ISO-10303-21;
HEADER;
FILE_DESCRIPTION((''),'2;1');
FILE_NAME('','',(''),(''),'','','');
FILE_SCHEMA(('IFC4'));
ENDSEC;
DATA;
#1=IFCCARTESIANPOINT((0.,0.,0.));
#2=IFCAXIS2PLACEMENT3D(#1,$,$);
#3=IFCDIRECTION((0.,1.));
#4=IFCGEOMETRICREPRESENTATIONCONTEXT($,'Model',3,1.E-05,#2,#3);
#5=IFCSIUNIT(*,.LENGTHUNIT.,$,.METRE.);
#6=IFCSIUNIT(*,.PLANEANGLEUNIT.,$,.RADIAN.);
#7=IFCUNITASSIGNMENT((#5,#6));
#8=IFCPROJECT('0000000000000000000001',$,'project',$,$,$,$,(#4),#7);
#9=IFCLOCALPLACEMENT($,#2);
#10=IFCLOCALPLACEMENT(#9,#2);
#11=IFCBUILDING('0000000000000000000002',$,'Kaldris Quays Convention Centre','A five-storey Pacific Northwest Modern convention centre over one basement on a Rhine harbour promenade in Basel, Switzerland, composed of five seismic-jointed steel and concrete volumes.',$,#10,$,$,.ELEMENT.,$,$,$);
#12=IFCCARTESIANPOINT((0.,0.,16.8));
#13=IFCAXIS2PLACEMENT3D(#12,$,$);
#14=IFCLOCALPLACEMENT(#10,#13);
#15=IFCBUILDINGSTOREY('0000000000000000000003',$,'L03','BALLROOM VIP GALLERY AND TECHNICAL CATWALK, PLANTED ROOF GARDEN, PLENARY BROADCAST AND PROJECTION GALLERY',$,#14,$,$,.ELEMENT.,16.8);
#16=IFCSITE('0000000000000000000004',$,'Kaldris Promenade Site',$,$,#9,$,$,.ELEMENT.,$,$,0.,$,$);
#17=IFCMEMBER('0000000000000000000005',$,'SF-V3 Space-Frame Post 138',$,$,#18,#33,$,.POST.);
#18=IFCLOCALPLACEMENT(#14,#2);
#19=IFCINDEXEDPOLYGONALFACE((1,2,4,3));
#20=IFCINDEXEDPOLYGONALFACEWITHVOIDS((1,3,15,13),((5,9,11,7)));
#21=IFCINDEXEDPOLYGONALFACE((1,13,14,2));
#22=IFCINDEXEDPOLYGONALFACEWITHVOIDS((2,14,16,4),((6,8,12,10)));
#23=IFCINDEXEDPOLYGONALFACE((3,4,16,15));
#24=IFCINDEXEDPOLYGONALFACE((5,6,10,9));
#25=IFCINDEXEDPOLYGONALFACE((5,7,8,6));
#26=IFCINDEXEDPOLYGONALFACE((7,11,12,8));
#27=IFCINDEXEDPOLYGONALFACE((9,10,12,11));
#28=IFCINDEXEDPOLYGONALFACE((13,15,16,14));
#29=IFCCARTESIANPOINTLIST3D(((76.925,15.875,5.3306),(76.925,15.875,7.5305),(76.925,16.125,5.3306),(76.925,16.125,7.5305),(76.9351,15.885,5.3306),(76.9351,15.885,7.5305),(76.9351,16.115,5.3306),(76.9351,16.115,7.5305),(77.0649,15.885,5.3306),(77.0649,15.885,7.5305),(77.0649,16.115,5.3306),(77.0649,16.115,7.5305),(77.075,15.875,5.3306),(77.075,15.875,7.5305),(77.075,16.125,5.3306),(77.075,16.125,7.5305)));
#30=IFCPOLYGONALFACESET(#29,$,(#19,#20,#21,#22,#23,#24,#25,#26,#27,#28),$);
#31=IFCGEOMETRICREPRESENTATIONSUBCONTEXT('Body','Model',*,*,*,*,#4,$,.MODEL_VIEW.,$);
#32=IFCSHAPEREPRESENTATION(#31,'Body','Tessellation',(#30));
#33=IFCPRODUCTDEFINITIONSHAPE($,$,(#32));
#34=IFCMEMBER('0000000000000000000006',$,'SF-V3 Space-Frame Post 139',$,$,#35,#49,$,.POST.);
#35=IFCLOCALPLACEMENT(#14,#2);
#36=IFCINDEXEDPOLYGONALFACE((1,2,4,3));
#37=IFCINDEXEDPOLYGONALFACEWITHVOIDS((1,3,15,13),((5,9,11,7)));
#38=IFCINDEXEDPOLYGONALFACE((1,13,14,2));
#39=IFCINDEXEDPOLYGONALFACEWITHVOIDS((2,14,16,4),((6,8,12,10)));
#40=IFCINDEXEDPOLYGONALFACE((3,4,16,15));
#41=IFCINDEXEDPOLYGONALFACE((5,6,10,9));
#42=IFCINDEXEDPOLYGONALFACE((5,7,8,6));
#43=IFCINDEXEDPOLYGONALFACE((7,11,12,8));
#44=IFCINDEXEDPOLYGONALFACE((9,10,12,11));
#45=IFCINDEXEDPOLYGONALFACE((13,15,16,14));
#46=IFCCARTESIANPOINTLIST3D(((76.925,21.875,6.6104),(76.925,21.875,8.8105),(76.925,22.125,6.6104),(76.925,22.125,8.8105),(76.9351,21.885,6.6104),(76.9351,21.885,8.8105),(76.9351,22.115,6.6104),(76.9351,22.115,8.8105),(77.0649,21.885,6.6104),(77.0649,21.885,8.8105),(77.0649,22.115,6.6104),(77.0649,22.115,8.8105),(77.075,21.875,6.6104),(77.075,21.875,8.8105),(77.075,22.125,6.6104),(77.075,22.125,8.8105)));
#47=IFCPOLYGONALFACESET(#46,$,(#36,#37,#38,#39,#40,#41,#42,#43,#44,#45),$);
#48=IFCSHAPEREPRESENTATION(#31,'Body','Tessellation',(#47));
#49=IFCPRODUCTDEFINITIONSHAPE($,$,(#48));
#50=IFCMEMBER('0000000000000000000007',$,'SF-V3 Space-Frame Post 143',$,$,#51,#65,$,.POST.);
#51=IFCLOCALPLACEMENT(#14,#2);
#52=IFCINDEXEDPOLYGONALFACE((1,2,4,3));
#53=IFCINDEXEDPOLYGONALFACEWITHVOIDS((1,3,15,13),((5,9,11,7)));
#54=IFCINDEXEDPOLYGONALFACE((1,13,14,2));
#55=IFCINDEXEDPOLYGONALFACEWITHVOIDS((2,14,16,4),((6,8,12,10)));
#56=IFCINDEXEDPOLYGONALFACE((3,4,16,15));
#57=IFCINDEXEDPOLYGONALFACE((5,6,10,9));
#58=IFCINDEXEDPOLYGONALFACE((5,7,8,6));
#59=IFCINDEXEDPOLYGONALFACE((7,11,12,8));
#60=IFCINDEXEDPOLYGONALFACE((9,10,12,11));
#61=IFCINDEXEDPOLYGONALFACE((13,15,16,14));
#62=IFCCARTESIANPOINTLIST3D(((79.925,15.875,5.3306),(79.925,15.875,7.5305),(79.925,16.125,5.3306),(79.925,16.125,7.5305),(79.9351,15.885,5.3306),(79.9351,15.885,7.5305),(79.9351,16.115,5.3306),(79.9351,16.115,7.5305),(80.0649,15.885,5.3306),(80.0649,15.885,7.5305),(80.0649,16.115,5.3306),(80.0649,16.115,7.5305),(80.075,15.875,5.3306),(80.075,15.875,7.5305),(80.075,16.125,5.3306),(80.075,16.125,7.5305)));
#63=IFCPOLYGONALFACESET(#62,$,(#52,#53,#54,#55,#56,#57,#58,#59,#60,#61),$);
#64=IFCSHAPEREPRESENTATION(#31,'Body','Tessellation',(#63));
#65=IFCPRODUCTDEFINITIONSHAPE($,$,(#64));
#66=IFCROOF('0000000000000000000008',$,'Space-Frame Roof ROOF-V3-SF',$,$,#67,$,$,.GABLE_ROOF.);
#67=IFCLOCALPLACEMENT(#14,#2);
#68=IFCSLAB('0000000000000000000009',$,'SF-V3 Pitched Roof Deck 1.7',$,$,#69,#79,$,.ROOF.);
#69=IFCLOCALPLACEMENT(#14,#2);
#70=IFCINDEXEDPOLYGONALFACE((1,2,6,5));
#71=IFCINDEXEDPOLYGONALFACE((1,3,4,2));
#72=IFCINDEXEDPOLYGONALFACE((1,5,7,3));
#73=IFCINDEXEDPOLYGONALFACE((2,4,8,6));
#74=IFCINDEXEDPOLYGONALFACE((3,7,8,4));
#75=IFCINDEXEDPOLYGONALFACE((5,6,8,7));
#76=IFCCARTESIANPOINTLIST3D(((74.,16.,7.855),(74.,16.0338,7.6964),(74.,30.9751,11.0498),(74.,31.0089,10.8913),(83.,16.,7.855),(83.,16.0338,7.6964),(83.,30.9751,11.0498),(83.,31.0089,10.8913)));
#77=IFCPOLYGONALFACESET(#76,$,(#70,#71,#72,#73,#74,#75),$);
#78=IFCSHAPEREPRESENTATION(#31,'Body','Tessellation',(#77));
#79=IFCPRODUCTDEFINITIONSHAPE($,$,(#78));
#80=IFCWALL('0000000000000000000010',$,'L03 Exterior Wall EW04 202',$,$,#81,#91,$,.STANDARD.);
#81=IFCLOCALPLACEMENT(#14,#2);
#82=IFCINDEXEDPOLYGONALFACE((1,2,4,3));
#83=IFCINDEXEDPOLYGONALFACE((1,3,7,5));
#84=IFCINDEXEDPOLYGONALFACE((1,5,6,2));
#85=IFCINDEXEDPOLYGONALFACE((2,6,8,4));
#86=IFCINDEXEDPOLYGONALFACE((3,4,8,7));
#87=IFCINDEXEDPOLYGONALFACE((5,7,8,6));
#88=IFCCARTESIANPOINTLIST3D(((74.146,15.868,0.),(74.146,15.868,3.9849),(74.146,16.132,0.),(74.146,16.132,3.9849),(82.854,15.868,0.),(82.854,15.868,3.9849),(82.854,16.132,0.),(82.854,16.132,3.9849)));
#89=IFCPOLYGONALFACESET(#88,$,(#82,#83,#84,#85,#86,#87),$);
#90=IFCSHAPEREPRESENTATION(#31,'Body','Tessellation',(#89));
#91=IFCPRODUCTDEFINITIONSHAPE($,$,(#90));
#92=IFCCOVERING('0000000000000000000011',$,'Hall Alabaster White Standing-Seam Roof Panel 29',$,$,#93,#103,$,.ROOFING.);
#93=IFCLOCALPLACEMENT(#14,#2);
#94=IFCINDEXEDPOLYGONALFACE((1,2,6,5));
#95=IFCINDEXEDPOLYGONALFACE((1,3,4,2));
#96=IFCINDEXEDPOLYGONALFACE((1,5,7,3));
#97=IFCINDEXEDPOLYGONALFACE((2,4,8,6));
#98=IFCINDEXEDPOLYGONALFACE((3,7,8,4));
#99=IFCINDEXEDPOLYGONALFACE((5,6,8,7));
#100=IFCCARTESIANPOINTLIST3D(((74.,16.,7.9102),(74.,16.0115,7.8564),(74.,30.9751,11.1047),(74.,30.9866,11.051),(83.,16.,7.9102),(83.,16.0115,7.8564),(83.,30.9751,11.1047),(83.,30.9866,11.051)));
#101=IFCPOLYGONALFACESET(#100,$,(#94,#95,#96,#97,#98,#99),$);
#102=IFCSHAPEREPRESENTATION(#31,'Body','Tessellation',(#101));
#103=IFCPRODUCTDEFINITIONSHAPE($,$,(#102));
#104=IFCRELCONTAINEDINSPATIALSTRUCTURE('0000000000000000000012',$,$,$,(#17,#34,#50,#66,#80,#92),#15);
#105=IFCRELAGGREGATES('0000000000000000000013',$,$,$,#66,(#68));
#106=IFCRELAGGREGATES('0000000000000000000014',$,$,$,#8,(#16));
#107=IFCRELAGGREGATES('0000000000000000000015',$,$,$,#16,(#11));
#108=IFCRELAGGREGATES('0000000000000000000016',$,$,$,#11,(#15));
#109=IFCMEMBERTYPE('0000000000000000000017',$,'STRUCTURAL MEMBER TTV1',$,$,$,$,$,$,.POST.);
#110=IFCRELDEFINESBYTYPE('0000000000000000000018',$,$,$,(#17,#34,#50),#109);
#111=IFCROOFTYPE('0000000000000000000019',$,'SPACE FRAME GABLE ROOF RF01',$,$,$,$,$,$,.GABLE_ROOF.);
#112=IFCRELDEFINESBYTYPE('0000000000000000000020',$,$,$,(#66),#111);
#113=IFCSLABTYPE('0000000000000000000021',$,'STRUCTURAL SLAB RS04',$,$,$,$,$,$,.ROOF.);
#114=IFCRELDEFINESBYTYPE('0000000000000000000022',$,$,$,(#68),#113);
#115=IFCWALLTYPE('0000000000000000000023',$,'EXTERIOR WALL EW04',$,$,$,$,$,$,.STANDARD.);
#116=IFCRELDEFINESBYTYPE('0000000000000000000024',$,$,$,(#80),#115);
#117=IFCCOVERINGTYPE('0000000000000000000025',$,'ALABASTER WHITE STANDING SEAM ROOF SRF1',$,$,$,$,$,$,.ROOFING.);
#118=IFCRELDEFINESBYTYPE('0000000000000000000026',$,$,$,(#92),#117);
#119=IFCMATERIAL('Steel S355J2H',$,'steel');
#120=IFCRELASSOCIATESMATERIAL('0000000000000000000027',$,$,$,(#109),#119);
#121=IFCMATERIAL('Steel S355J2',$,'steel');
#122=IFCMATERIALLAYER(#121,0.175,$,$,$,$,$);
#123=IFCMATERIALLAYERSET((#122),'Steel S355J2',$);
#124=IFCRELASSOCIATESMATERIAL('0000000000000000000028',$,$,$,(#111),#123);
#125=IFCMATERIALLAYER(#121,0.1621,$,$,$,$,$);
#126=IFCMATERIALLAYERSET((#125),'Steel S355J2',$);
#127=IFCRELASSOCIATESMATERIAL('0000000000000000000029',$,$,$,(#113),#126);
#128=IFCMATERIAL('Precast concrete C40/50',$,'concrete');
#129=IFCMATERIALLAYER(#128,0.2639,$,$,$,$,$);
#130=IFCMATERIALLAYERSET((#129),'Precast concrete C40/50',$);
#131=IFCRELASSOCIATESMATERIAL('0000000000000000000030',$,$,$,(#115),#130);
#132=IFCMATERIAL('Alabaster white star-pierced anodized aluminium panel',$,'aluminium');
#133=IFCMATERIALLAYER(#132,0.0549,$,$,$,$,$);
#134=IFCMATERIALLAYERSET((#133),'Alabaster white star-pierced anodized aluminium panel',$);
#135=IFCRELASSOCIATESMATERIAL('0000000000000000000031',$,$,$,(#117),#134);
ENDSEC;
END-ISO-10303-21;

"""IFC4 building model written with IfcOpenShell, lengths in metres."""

from ifc_helpers import new_model, si_unit, direction, frame, frame_2d, origin, origin_2d, place, context, subcontext, project, spatial, polyline, rectangle, hollow_rectangle, outline, extrude, material, layer, layer_set, material_profile, profile_set, type_object, element, aggregate, save


model = new_model("IFC4")

# Units and contexts
model_context = context("Model", 3, precision=1e-05, world=origin(), true_north=direction((0.0, 1.0)))
body_context = subcontext(model_context, "Body", "Model", "MODEL_VIEW")
ifc_project = project(units=[si_unit("LENGTHUNIT", "METRE"), si_unit("PLANEANGLEUNIT", "RADIAN")], contexts=[model_context])

# Site, building, storey
site_placement = place(None, origin())
site = spatial("IfcSite", under=ifc_project, at=site_placement, Name="Kaldris Promenade Site", CompositionType="ELEMENT", RefElevation=0.0)
building_placement = place(site_placement, origin())
building = spatial("IfcBuilding", under=site, at=building_placement, Name="Kaldris Quays Convention Centre", Description="A five-storey Pacific Northwest Modern convention centre over one basement on a Rhine harbour promenade in Basel, Switzerland, composed of five seismic-jointed steel and concrete volumes.", CompositionType="ELEMENT")
storey_placement = place(building_placement, frame((0.0, 0.0, 16.8)))
storey = spatial("IfcBuildingStorey", under=building, at=storey_placement, Name="L03", Description="BALLROOM VIP GALLERY AND TECHNICAL CATWALK, PLANTED ROOF GARDEN, PLENARY BROADCAST AND PROJECTION GALLERY", CompositionType="ELEMENT", Elevation=16.8)

# Members
ifc_material_1 = material(Name="Steel S355J2H", Category="steel")
ifc_material_profile_1 = material_profile(ifc_material_1, hollow_rectangle(XDim=0.1499, YDim=0.25, WallThickness=0.01, at=origin_2d()), Name="RHS 250x150x10")
ifc_profile_set_1 = profile_set([ifc_material_profile_1], Name="Steel S355J2H")
member_type_1 = type_object("IfcMemberType", Name="STRUCTURAL MEMBER TTV1", PredefinedType="POST", material=ifc_profile_set_1)
member_1_placement = place(storey_placement, frame((77.0, 16.0, 5.3306), z_axis=(0.0, 0.0, 1.0), x_axis=(1.0, 0.0, 0.0)))
element("IfcMember", 1, at=member_1_placement, inside=storey, type_object=member_type_1, Name="SF-V3 Space-Frame Post 138", PredefinedType="POST", context=body_context, shape_type="SweptSolid", body=[
    extrude(hollow_rectangle(XDim=0.1499, YDim=0.25, WallThickness=0.01, at=origin_2d()), origin(), (0.0, 0.0, 1.0), 2.2),
])
member_2_placement = place(storey_placement, frame((77.0, 22.0, 6.6104), z_axis=(0.0, 0.0, 1.0), x_axis=(1.0, 0.0, 0.0)))
element("IfcMember", 2, at=member_2_placement, inside=storey, type_object=member_type_1, Name="SF-V3 Space-Frame Post 139", PredefinedType="POST", context=body_context, shape_type="SweptSolid", body=[
    extrude(hollow_rectangle(XDim=0.1499, YDim=0.25, WallThickness=0.01, at=origin_2d()), origin(), (0.0, 0.0, 1.0), 2.2002),
])
member_3_placement = place(storey_placement, frame((80.0, 16.0, 5.3306), z_axis=(0.0, 0.0, 1.0), x_axis=(1.0, 0.0, 0.0)))
element("IfcMember", 3, at=member_3_placement, inside=storey, type_object=member_type_1, Name="SF-V3 Space-Frame Post 143", PredefinedType="POST", context=body_context, shape_type="SweptSolid", body=[
    extrude(hollow_rectangle(XDim=0.1499, YDim=0.25, WallThickness=0.01, at=origin_2d()), origin(), (0.0, 0.0, 1.0), 2.2),
])

# Roof, slab
ifc_material_2 = material(Name="Steel S355J2", Category="steel")
ifc_layer_1 = layer(ifc_material_2, 0.175)
ifc_layer_set_1 = layer_set([ifc_layer_1], Name="Steel S355J2")
roof_type = type_object("IfcRoofType", Name="SPACE FRAME GABLE ROOF RF01", PredefinedType="GABLE_ROOF", material=ifc_layer_set_1)
roof_placement = place(storey_placement, origin())
roof = element("IfcRoof", 4, at=roof_placement, inside=storey, type_object=roof_type, Name="Space-Frame Roof ROOF-V3-SF", PredefinedType="GABLE_ROOF")
ifc_layer_2 = layer(ifc_material_2, 0.1621)
ifc_layer_set_2 = layer_set([ifc_layer_2], Name="Steel S355J2")
slab_type = type_object("IfcSlabType", Name="STRUCTURAL SLAB RS04", PredefinedType="ROOF", material=ifc_layer_set_2)
slab_placement = place(storey_placement, frame((74.0, 16.0, 7.855), z_axis=(0.0, -0.208647, 0.977991), x_axis=(1.0, 0.0, 0.0)))
slab = element("IfcSlab", 5, at=slab_placement, type_object=slab_type, Name="SF-V3 Pitched Roof Deck 1.7", PredefinedType="ROOF", context=body_context, shape_type="SweptSolid", body=[
    extrude(outline(polyline([(0.0, 0.0), (9.0, 0.0), (9.0, 15.3121), (0.0, 15.3121), (0.0, 0.0)])), origin(), (0.0, 0.0, -1.0), 0.1621),
])
aggregate(roof, [slab])

# Wall
ifc_material_3 = material(Name="Precast concrete C40/50", Category="concrete")
ifc_layer_3 = layer(ifc_material_3, 0.2639)
ifc_layer_set_3 = layer_set([ifc_layer_3], Name="Precast concrete C40/50")
wall_type = type_object("IfcWallType", Name="EXTERIOR WALL EW04", PredefinedType="STANDARD", material=ifc_layer_set_3)
wall_placement = place(storey_placement, frame((74.146, 16.0, 0.0), z_axis=(0.0, 0.0, 1.0), x_axis=(1.0, 0.0, 0.0)))
element("IfcWall", 6, at=wall_placement, inside=storey, type_object=wall_type, Name="L03 Exterior Wall EW04 202", PredefinedType="STANDARD", context=body_context, shape_type="SweptSolid", body=[
    extrude(rectangle(XDim=8.708, YDim=0.2639, at=frame_2d((4.354, 0.0))), origin(), (0.0, 0.0, 1.0), 3.9849),
])

# Covering
ifc_material_4 = material(Name="Alabaster white star-pierced anodized aluminium panel", Category="aluminium")
ifc_layer_4 = layer(ifc_material_4, 0.0549)
ifc_layer_set_4 = layer_set([ifc_layer_4], Name="Alabaster white star-pierced anodized aluminium panel")
covering_type = type_object("IfcCoveringType", Name="ALABASTER WHITE STANDING SEAM ROOF SRF1", PredefinedType="ROOFING", material=ifc_layer_set_4)
covering_placement = place(storey_placement, frame((74.0, 16.0, 7.9102), z_axis=(0.0, -0.208632, 0.977994), x_axis=(1.0, 0.0, 0.0)))
element("IfcCovering", 7, at=covering_placement, inside=storey, type_object=covering_type, Name="Hall Alabaster White Standing-Seam Roof Panel 29", PredefinedType="ROOFING", context=body_context, shape_type="SweptSolid", body=[
    extrude(outline(polyline([(0.0, 0.0), (9.0, 0.0), (9.0, 15.3121), (0.0, 15.3121), (0.0, 0.0)])), origin(), (0.0, 0.0, -1.0), 0.0549),
])

save(model, "model.ifc")
